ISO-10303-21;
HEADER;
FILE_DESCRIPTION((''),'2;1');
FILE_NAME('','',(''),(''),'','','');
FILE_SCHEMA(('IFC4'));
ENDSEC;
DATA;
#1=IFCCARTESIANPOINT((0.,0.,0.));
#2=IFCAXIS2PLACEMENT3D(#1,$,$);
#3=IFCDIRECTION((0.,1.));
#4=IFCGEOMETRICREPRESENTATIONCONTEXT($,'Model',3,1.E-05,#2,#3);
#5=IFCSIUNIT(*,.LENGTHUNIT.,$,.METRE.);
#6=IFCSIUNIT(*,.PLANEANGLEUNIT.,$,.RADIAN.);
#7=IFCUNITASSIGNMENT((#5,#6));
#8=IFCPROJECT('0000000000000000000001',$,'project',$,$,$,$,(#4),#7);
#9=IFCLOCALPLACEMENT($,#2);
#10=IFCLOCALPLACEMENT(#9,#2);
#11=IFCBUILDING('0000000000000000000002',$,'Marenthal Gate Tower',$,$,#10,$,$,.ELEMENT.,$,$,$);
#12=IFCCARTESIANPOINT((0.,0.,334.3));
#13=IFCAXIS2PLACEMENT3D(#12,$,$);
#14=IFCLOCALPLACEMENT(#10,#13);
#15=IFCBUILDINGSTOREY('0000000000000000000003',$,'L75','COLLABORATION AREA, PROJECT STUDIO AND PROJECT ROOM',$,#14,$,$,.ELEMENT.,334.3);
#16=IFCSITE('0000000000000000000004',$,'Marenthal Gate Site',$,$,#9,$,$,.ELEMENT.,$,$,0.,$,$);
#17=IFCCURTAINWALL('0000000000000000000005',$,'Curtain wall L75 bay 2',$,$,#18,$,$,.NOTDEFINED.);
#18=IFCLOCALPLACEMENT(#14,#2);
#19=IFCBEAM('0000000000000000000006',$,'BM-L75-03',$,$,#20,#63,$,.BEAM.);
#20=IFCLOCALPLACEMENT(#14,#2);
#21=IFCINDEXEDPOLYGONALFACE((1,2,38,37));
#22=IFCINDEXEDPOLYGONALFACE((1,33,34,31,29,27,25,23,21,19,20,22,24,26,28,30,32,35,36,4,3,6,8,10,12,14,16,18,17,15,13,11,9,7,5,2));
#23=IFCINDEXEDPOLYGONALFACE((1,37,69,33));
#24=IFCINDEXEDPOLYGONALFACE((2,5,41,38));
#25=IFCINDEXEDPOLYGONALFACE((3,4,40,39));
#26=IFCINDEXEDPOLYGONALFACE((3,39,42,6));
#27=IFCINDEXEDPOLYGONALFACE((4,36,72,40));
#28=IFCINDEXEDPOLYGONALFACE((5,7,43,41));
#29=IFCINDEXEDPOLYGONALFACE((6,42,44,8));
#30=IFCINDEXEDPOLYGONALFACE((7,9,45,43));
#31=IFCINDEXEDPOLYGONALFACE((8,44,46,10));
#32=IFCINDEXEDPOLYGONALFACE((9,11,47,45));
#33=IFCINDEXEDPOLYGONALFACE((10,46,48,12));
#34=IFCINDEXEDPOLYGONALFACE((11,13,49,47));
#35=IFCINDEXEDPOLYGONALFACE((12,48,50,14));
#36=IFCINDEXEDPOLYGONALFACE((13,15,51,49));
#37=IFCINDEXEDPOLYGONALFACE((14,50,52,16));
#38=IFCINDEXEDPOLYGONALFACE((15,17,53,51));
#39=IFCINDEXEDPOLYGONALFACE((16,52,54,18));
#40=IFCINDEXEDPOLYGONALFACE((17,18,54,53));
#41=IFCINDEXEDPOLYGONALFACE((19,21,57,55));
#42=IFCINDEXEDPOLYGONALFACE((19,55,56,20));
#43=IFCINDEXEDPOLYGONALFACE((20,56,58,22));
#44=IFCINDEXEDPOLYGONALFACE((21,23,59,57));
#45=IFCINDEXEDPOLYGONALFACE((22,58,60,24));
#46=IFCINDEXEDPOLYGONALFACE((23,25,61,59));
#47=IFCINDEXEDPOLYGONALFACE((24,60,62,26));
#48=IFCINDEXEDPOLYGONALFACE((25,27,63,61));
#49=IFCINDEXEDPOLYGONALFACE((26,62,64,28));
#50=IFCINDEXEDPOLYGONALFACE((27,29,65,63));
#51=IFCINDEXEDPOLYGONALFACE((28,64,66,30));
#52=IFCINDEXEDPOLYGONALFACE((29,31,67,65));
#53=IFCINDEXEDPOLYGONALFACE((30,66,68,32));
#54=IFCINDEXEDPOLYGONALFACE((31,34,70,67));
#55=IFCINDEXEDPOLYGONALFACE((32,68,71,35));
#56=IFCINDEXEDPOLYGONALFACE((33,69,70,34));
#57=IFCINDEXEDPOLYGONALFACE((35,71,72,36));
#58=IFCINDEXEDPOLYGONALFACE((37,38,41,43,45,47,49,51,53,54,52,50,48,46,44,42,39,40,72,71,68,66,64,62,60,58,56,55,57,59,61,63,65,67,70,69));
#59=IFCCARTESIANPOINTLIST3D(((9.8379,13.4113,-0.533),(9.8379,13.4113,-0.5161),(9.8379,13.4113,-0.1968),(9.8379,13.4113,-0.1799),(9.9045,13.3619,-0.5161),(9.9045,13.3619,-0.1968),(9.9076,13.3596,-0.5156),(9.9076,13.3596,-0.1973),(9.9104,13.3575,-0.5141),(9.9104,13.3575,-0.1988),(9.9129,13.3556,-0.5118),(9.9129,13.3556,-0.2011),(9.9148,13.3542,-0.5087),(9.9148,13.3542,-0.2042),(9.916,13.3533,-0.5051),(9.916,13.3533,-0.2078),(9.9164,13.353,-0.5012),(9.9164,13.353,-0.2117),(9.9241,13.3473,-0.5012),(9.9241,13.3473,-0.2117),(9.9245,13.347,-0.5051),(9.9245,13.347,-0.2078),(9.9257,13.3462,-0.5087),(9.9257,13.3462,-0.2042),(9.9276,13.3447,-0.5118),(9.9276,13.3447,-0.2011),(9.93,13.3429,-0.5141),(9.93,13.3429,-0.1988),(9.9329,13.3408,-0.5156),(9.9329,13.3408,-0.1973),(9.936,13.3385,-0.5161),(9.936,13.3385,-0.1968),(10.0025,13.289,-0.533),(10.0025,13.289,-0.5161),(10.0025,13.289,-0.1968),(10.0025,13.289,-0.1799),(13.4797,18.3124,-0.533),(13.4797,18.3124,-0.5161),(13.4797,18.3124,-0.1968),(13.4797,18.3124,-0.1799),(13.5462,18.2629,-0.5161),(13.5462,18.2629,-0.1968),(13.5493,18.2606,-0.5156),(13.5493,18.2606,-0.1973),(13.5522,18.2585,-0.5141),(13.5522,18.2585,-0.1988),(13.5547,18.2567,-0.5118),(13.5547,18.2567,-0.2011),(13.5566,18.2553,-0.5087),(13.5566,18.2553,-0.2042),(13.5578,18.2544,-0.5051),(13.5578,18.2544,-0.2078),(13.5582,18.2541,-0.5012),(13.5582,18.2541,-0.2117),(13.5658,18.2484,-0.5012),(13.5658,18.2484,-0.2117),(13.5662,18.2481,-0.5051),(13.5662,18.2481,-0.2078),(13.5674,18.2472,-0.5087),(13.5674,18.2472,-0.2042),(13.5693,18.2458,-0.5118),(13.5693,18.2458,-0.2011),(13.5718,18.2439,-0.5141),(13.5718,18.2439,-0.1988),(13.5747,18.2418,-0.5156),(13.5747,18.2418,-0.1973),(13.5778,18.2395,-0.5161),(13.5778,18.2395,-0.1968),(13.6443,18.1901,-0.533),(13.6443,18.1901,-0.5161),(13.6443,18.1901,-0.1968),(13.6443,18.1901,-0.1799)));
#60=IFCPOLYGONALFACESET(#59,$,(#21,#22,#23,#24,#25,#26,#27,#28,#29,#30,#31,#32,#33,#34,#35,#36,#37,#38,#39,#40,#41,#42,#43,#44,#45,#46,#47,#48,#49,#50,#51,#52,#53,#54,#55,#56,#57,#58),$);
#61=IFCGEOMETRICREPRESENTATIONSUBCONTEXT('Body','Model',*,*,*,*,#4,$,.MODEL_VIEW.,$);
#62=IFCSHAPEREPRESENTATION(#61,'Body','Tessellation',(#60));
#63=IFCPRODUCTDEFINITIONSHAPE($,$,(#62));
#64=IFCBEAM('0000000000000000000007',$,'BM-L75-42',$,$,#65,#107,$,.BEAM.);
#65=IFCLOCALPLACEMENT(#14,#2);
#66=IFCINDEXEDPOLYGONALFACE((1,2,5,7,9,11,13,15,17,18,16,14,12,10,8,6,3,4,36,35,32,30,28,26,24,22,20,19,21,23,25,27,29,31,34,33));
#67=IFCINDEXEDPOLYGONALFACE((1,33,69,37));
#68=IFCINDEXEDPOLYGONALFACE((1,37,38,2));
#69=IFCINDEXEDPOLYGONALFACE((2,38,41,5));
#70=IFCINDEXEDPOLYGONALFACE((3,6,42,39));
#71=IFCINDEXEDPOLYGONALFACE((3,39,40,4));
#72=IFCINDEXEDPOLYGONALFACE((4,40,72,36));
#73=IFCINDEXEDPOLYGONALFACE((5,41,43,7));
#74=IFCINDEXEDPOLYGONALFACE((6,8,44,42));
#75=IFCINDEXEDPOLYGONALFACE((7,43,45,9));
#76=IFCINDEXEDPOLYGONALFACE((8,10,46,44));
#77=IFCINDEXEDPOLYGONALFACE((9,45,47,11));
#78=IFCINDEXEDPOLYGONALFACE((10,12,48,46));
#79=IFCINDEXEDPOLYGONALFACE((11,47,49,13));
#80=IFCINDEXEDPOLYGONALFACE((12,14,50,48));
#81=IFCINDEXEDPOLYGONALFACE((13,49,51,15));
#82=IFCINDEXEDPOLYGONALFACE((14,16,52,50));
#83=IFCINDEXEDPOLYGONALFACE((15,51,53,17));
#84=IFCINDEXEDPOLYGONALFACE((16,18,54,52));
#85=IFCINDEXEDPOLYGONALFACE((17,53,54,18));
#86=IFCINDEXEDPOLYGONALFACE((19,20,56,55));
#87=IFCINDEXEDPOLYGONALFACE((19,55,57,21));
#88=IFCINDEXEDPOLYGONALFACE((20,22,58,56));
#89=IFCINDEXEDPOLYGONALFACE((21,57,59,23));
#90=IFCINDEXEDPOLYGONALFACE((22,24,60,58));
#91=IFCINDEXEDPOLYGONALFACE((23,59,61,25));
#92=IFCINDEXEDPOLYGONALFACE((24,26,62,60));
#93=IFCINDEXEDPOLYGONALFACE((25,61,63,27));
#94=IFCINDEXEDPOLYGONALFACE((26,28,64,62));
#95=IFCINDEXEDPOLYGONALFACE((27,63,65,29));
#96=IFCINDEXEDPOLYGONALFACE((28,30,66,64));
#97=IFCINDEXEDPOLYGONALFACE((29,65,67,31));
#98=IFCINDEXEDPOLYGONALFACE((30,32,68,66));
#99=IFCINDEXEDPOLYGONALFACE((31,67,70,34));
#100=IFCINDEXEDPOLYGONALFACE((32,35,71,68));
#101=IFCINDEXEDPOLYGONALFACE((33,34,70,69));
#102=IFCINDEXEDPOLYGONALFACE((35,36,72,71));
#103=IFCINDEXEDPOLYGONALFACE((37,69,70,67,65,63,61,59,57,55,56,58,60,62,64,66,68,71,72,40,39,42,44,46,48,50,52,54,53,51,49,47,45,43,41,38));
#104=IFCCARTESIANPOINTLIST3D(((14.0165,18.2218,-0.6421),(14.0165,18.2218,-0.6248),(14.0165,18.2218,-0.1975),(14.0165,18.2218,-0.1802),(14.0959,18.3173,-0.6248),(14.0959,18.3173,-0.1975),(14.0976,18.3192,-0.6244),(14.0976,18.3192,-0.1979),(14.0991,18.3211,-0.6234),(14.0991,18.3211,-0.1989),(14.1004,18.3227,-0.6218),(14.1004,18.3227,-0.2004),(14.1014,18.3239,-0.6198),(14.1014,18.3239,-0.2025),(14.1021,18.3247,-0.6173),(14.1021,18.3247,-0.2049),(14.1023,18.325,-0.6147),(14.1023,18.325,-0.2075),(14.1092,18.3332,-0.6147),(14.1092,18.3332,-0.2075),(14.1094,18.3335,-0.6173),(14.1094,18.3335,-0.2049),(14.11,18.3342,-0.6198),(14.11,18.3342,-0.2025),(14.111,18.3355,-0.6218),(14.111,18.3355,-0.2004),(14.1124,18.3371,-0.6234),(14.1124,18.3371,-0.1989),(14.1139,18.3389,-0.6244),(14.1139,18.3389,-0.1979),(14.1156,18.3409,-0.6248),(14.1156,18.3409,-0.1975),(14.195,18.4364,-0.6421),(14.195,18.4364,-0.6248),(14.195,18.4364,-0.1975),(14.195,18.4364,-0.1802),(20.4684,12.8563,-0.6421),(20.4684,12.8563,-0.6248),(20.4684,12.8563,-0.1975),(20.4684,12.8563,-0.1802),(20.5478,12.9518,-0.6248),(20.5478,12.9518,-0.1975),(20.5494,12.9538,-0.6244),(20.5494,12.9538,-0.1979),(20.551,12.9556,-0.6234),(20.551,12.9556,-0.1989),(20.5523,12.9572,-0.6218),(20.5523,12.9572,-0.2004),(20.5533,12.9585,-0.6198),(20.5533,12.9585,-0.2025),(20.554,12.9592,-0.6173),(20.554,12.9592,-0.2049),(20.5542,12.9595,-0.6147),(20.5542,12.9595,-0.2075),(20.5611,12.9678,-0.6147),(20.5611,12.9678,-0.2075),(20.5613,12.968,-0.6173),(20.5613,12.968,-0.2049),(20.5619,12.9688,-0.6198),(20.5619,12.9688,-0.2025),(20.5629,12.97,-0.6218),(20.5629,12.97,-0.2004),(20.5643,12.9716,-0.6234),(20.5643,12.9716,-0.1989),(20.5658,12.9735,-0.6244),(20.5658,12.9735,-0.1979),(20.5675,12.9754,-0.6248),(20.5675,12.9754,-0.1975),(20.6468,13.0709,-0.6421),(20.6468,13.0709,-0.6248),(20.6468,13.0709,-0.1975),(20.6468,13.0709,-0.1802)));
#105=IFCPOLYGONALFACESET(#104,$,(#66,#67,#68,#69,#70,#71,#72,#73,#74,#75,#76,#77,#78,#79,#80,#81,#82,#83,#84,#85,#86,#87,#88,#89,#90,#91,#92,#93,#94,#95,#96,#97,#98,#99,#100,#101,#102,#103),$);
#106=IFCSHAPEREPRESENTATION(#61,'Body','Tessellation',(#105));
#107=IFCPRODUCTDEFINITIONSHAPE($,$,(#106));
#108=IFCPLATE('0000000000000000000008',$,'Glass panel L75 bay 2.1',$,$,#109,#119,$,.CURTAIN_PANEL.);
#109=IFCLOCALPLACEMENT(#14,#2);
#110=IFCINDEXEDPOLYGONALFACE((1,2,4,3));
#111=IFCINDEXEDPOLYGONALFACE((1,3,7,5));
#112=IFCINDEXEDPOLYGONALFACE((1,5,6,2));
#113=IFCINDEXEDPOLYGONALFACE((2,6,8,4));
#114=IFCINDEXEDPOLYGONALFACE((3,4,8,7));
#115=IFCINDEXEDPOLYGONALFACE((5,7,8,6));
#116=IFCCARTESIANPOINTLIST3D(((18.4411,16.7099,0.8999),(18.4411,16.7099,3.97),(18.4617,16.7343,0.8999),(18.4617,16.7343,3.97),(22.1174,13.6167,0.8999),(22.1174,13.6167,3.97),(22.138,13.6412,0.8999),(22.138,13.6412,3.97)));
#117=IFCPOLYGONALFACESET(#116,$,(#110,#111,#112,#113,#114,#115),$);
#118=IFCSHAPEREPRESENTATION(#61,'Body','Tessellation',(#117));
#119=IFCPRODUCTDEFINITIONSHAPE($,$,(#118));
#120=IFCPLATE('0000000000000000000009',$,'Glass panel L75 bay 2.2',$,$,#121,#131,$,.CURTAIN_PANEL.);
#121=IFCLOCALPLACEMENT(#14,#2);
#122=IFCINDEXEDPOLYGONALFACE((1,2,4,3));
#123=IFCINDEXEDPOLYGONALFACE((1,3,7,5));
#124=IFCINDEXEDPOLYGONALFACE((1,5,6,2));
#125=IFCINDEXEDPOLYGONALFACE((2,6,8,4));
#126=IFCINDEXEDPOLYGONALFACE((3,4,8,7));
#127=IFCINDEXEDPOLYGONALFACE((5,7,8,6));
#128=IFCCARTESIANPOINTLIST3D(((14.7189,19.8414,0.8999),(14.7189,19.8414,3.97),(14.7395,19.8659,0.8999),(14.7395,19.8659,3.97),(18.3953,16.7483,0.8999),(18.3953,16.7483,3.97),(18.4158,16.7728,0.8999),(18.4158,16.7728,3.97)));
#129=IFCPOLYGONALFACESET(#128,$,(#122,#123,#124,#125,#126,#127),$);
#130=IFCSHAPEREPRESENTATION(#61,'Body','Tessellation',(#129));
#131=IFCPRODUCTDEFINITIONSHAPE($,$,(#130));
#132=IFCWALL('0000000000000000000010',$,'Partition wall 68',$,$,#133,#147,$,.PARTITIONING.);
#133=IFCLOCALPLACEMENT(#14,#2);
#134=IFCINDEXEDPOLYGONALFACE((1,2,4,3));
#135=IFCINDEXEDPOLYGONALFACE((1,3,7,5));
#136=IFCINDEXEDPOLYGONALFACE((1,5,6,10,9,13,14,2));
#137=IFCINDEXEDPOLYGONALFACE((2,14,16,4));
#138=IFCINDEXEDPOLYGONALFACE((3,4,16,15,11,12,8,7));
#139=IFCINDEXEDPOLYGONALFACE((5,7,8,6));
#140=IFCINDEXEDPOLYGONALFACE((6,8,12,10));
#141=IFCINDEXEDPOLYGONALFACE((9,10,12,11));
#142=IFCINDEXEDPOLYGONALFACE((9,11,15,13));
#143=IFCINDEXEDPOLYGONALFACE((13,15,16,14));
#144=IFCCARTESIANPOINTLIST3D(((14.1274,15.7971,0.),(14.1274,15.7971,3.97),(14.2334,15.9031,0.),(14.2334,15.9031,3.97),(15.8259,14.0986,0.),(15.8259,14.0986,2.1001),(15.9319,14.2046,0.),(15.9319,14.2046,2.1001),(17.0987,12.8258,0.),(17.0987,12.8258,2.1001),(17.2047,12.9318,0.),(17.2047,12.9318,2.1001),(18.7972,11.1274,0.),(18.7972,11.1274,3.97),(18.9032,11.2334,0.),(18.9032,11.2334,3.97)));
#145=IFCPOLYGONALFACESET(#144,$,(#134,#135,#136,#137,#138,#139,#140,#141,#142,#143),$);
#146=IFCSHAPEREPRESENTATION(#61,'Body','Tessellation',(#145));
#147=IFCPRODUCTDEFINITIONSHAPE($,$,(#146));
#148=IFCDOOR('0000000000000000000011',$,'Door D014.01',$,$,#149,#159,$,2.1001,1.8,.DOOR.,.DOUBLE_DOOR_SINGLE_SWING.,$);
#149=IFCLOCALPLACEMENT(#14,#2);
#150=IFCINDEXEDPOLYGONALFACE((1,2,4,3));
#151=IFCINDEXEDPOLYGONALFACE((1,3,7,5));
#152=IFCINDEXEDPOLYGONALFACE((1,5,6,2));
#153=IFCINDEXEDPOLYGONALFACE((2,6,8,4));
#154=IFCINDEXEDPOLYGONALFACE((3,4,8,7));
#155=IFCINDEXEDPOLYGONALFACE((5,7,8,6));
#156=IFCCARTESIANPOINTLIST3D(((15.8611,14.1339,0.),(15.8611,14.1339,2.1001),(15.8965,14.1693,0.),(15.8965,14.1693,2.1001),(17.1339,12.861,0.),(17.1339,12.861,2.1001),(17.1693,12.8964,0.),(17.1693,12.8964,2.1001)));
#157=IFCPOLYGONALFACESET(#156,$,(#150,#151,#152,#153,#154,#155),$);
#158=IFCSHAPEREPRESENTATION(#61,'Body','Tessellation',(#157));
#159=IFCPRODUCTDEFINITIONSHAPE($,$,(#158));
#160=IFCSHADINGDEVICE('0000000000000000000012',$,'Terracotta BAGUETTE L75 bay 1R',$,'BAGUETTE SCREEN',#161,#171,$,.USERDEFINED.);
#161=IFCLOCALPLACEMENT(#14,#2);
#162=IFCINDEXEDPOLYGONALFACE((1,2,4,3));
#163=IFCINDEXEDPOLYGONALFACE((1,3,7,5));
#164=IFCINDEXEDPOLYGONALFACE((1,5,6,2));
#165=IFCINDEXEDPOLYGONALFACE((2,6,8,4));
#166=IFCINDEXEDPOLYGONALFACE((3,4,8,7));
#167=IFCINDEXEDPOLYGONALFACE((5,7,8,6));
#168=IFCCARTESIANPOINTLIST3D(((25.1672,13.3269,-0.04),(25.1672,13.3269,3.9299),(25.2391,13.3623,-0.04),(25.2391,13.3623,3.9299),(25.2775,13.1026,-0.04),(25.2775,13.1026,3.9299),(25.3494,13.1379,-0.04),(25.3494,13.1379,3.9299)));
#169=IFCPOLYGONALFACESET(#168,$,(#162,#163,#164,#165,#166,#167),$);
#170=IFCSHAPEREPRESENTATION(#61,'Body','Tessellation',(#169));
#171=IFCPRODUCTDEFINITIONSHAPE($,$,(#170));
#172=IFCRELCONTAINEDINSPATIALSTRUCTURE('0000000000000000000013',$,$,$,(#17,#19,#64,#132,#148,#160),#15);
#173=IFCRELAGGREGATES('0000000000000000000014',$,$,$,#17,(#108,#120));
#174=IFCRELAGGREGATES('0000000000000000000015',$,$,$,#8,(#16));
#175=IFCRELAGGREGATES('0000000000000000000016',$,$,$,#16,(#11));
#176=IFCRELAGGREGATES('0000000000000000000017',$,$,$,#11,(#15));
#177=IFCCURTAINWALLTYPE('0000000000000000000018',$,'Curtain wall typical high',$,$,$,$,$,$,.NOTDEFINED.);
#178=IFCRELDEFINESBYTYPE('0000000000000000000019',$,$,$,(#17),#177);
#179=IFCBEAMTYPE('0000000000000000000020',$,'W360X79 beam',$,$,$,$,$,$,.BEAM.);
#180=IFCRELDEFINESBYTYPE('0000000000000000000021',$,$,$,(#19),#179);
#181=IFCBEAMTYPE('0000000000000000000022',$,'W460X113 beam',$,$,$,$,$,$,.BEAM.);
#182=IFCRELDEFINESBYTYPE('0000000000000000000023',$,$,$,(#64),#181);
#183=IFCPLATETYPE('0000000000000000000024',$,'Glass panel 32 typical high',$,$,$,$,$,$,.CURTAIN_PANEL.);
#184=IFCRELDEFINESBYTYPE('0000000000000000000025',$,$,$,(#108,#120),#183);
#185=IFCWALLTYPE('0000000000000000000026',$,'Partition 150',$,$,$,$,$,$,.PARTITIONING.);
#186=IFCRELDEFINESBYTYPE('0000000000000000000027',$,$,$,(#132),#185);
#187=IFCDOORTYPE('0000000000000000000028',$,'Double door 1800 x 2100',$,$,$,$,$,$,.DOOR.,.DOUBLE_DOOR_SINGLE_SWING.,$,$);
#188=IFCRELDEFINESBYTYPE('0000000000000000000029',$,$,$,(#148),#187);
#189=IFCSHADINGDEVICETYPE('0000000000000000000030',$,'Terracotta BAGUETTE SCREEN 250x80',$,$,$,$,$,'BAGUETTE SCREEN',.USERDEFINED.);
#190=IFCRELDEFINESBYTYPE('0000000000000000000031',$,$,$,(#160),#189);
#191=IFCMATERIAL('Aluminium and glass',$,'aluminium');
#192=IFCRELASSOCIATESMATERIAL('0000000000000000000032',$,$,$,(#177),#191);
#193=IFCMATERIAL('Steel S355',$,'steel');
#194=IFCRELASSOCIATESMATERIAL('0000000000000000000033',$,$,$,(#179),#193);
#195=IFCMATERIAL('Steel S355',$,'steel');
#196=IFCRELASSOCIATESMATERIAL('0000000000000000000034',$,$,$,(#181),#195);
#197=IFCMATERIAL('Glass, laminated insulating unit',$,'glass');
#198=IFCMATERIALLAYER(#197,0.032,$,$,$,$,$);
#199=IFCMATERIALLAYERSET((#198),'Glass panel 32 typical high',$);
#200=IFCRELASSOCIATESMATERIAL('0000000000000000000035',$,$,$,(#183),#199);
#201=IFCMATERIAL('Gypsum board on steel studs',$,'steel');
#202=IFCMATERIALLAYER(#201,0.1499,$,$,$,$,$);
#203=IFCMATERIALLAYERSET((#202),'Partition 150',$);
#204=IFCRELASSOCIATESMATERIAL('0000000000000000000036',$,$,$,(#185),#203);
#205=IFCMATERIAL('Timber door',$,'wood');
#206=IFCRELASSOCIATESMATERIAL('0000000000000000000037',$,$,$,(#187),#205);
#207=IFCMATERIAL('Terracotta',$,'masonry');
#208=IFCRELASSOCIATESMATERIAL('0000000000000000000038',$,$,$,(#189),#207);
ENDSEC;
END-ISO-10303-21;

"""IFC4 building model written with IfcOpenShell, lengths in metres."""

from ifc_helpers import new_model, si_unit, direction, frame, frame_2d, origin, origin_2d, place, context, subcontext, project, spatial, rectangle, i_section, extrude, material, layer, layer_set, material_profile, profile_set, type_object, element, fill, aggregate, save


model = new_model("IFC4")

# Units and contexts
model_context = context("Model", 3, precision=1e-05, world=origin(), true_north=direction((0.0, 1.0)))
body_context = subcontext(model_context, "Body", "Model", "MODEL_VIEW")
ifc_project = project(units=[si_unit("LENGTHUNIT", "METRE"), si_unit("PLANEANGLEUNIT", "RADIAN")], contexts=[model_context])

# Site, building, storey
site_placement = place(None, origin())
site = spatial("IfcSite", under=ifc_project, at=site_placement, Name="Marenthal Gate Site", CompositionType="ELEMENT", RefElevation=0.0)
building_placement = place(site_placement, origin())
building = spatial("IfcBuilding", under=site, at=building_placement, Name="Marenthal Gate Tower", CompositionType="ELEMENT")
storey_placement = place(building_placement, frame((0.0, 0.0, 334.3)))
storey = spatial("IfcBuildingStorey", under=building, at=storey_placement, Name="L75", Description="COLLABORATION AREA, PROJECT STUDIO AND PROJECT ROOM", CompositionType="ELEMENT", Elevation=334.3)

# Curtain wall
ifc_material_1 = material(Name="Aluminium and glass", Category="aluminium")
curtain_wall_type = type_object("IfcCurtainWallType", Name="Curtain wall typical high", PredefinedType="NOTDEFINED", material=ifc_material_1)
curtain_wall_placement = place(storey_placement, origin())
curtain_wall = element("IfcCurtainWall", 1, at=curtain_wall_placement, inside=storey, type_object=curtain_wall_type, Name="Curtain wall L75 bay 2", PredefinedType="NOTDEFINED")

# Beams
ifc_material_2 = material(Name="Steel S355", Category="steel")
ifc_material_profile_1 = material_profile(ifc_material_2, i_section(OverallWidth=0.2051, OverallDepth=0.353, WebThickness=0.0095, FlangeThickness=0.0168, FilletRadius=0.0149, at=origin_2d()), Name="W360X79")
ifc_profile_set_1 = profile_set([ifc_material_profile_1], Name="Steel S355")
beam_type_1 = type_object("IfcBeamType", Name="W360X79 beam", PredefinedType="BEAM", material=ifc_profile_set_1)
beam_1_placement = place(storey_placement, frame((13.562, 18.2512, -0.3564), z_axis=(-0.596431, -0.802665, 0.0), x_axis=(0.802665, -0.596431, 0.0)))
element("IfcBeam", 2, at=beam_1_placement, inside=storey, type_object=beam_type_1, Name="BM-L75-03", PredefinedType="BEAM", context=body_context, shape_type="SweptSolid", body=[
    extrude(i_section(OverallWidth=0.2051, OverallDepth=0.353, WebThickness=0.0095, FlangeThickness=0.0168, FilletRadius=0.0149, at=origin_2d()), origin(), (0.0, 0.0, 1.0), 6.106),
])
ifc_material_3 = material(Name="Steel S355", Category="steel")
ifc_material_profile_2 = material_profile(ifc_material_3, i_section(OverallWidth=0.2791, OverallDepth=0.4619, WebThickness=0.0107, FlangeThickness=0.0173, FilletRadius=0.01, at=origin_2d()), Name="W460X113")
ifc_profile_set_2 = profile_set([ifc_material_profile_2], Name="Steel S355")
beam_type_2 = type_object("IfcBeamType", Name="W460X113 beam", PredefinedType="BEAM", material=ifc_profile_set_2)
beam_2_placement = place(storey_placement, frame((20.5576, 12.9636, -0.4111), z_axis=(-0.768872, 0.639403, 0.0), x_axis=(-0.639403, -0.768872, 0.0)))
element("IfcBeam", 3, at=beam_2_placement, inside=storey, type_object=beam_type_2, Name="BM-L75-42", PredefinedType="BEAM", context=body_context, shape_type="SweptSolid", body=[
    extrude(i_section(OverallWidth=0.2791, OverallDepth=0.4619, WebThickness=0.0107, FlangeThickness=0.0173, FilletRadius=0.01, at=origin_2d()), origin(), (0.0, 0.0, 1.0), 8.3914),
])

# Plates
ifc_material_4 = material(Name="Glass, laminated insulating unit", Category="glass")
ifc_layer_1 = layer(ifc_material_4, 0.032)
ifc_layer_set_1 = layer_set([ifc_layer_1], Name="Glass panel 32 typical high")
plate_type = type_object("IfcPlateType", Name="Glass panel 32 typical high", PredefinedType="CURTAIN_PANEL", material=ifc_layer_set_1)
plate_1_placement = place(storey_placement, frame((20.2896, 15.1755, 0.8999), z_axis=(0.0, 0.0, 1.0), x_axis=(-0.765193, 0.643801, 0.0)))
plate_1 = element("IfcPlate", 4, at=plate_1_placement, type_object=plate_type, Name="Glass panel L75 bay 2.1", PredefinedType="CURTAIN_PANEL", context=body_context, shape_type="SweptSolid", body=[
    extrude(rectangle(XDim=4.8044, YDim=0.032, at=origin_2d()), origin(), (0.0, 0.0, 1.0), 3.0701),
])
plate_2_placement = place(storey_placement, frame((16.5674, 18.3071, 0.8999), z_axis=(0.0, 0.0, 1.0), x_axis=(-0.765193, 0.643801, 0.0)))
plate_2 = element("IfcPlate", 5, at=plate_2_placement, type_object=plate_type, Name="Glass panel L75 bay 2.2", PredefinedType="CURTAIN_PANEL", context=body_context, shape_type="SweptSolid", body=[
    extrude(rectangle(XDim=4.8044, YDim=0.032, at=origin_2d()), origin(), (0.0, 0.0, 1.0), 3.0701),
])
aggregate(curtain_wall, [plate_1, plate_2])

# Wall, opening, door
ifc_material_5 = material(Name="Gypsum board on steel studs", Category="steel")
ifc_layer_2 = layer(ifc_material_5, 0.1499)
ifc_layer_set_2 = layer_set([ifc_layer_2], Name="Partition 150")
wall_type_1 = type_object("IfcWallType", Name="Partition 150", PredefinedType="PARTITIONING", material=ifc_layer_set_2)
wall_1_placement = place(storey_placement, frame((14.1804, 15.8501, 0.0), z_axis=(0.0, 0.0, 1.0), x_axis=(0.707107, -0.707107, 0.0)))
wall_1 = element("IfcWall", 6, at=wall_1_placement, inside=storey, type_object=wall_type_1, Name="Partition wall 68", PredefinedType="PARTITIONING", context=body_context, shape_type="SweptSolid", body=[
    extrude(rectangle(XDim=6.604, YDim=0.1499, at=frame_2d((3.302, 0.0))), origin(), (0.0, 0.0, 1.0), 3.97),
])
opening_1_placement = place(wall_1_placement, frame((2.4021, 0.0, 0.0)))
opening_1 = element("IfcOpeningElement", 7, at=opening_1_placement, cuts=wall_1, PredefinedType="OPENING", context=body_context, shape_type="SweptSolid", body=[
    extrude(rectangle(XDim=1.8, YDim=2.1001, at=frame_2d((0.8999, 1.05))), frame((0.0, 0.085, 0.0), z_axis=(0.0, -1.0, 0.0), x_axis=(1.0, 0.0, 0.0)), (0.0, 0.0, 1.0), 0.1699),
])
ifc_material_6 = material(Name="Timber door", Category="wood")
door_type_1 = type_object("IfcDoorType", Name="Double door 1800 x 2100", OperationType="DOUBLE_DOOR_SINGLE_SWING", PredefinedType="DOOR", material=ifc_material_6)
door_1_placement = place(opening_1_placement, origin())
door_1 = element("IfcDoor", 8, at=door_1_placement, inside=storey, type_object=door_type_1, Name="Door D014.01", OperationType="DOUBLE_DOOR_SINGLE_SWING", OverallHeight=2.1001, OverallWidth=1.8, PredefinedType="DOOR", context=body_context, shape_type="SweptSolid", body=[
    extrude(rectangle(XDim=1.8, YDim=2.1001, at=frame_2d((0.8999, 1.05))), frame((0.0, 0.0249, 0.0), z_axis=(0.0, -1.0, 0.0), x_axis=(1.0, 0.0, 0.0)), (0.0, 0.0, 1.0), 0.05),
])
fill(opening_1, door_1)

# Shading device
ifc_material_7 = material(Name="Terracotta", Category="masonry")
ifc_material_profile_3 = material_profile(ifc_material_7, rectangle(XDim=0.25, YDim=0.0801, at=origin_2d()), Name="Terracotta baguette 250x80")
ifc_profile_set_3 = profile_set([ifc_material_profile_3], Name="Terracotta")
shading_device_type = type_object("IfcShadingDeviceType", Name="Terracotta BAGUETTE SCREEN 250x80", ElementType="BAGUETTE SCREEN", PredefinedType="USERDEFINED", material=ifc_profile_set_3)
shading_device_placement = place(storey_placement, frame((25.2583, 13.2324, -0.04), z_axis=(0.0, 0.0, 1.0), x_axis=(-0.441298, 0.897361, 0.0)))
element("IfcShadingDevice", 9, at=shading_device_placement, inside=storey, type_object=shading_device_type, Name="Terracotta BAGUETTE L75 bay 1R", ObjectType="BAGUETTE SCREEN", PredefinedType="USERDEFINED", context=body_context, shape_type="SweptSolid", body=[
    extrude(rectangle(XDim=0.25, YDim=0.0801, at=origin_2d()), origin(), (0.0, 0.0, 1.0), 3.97),
])

save(model, "model.ifc")
